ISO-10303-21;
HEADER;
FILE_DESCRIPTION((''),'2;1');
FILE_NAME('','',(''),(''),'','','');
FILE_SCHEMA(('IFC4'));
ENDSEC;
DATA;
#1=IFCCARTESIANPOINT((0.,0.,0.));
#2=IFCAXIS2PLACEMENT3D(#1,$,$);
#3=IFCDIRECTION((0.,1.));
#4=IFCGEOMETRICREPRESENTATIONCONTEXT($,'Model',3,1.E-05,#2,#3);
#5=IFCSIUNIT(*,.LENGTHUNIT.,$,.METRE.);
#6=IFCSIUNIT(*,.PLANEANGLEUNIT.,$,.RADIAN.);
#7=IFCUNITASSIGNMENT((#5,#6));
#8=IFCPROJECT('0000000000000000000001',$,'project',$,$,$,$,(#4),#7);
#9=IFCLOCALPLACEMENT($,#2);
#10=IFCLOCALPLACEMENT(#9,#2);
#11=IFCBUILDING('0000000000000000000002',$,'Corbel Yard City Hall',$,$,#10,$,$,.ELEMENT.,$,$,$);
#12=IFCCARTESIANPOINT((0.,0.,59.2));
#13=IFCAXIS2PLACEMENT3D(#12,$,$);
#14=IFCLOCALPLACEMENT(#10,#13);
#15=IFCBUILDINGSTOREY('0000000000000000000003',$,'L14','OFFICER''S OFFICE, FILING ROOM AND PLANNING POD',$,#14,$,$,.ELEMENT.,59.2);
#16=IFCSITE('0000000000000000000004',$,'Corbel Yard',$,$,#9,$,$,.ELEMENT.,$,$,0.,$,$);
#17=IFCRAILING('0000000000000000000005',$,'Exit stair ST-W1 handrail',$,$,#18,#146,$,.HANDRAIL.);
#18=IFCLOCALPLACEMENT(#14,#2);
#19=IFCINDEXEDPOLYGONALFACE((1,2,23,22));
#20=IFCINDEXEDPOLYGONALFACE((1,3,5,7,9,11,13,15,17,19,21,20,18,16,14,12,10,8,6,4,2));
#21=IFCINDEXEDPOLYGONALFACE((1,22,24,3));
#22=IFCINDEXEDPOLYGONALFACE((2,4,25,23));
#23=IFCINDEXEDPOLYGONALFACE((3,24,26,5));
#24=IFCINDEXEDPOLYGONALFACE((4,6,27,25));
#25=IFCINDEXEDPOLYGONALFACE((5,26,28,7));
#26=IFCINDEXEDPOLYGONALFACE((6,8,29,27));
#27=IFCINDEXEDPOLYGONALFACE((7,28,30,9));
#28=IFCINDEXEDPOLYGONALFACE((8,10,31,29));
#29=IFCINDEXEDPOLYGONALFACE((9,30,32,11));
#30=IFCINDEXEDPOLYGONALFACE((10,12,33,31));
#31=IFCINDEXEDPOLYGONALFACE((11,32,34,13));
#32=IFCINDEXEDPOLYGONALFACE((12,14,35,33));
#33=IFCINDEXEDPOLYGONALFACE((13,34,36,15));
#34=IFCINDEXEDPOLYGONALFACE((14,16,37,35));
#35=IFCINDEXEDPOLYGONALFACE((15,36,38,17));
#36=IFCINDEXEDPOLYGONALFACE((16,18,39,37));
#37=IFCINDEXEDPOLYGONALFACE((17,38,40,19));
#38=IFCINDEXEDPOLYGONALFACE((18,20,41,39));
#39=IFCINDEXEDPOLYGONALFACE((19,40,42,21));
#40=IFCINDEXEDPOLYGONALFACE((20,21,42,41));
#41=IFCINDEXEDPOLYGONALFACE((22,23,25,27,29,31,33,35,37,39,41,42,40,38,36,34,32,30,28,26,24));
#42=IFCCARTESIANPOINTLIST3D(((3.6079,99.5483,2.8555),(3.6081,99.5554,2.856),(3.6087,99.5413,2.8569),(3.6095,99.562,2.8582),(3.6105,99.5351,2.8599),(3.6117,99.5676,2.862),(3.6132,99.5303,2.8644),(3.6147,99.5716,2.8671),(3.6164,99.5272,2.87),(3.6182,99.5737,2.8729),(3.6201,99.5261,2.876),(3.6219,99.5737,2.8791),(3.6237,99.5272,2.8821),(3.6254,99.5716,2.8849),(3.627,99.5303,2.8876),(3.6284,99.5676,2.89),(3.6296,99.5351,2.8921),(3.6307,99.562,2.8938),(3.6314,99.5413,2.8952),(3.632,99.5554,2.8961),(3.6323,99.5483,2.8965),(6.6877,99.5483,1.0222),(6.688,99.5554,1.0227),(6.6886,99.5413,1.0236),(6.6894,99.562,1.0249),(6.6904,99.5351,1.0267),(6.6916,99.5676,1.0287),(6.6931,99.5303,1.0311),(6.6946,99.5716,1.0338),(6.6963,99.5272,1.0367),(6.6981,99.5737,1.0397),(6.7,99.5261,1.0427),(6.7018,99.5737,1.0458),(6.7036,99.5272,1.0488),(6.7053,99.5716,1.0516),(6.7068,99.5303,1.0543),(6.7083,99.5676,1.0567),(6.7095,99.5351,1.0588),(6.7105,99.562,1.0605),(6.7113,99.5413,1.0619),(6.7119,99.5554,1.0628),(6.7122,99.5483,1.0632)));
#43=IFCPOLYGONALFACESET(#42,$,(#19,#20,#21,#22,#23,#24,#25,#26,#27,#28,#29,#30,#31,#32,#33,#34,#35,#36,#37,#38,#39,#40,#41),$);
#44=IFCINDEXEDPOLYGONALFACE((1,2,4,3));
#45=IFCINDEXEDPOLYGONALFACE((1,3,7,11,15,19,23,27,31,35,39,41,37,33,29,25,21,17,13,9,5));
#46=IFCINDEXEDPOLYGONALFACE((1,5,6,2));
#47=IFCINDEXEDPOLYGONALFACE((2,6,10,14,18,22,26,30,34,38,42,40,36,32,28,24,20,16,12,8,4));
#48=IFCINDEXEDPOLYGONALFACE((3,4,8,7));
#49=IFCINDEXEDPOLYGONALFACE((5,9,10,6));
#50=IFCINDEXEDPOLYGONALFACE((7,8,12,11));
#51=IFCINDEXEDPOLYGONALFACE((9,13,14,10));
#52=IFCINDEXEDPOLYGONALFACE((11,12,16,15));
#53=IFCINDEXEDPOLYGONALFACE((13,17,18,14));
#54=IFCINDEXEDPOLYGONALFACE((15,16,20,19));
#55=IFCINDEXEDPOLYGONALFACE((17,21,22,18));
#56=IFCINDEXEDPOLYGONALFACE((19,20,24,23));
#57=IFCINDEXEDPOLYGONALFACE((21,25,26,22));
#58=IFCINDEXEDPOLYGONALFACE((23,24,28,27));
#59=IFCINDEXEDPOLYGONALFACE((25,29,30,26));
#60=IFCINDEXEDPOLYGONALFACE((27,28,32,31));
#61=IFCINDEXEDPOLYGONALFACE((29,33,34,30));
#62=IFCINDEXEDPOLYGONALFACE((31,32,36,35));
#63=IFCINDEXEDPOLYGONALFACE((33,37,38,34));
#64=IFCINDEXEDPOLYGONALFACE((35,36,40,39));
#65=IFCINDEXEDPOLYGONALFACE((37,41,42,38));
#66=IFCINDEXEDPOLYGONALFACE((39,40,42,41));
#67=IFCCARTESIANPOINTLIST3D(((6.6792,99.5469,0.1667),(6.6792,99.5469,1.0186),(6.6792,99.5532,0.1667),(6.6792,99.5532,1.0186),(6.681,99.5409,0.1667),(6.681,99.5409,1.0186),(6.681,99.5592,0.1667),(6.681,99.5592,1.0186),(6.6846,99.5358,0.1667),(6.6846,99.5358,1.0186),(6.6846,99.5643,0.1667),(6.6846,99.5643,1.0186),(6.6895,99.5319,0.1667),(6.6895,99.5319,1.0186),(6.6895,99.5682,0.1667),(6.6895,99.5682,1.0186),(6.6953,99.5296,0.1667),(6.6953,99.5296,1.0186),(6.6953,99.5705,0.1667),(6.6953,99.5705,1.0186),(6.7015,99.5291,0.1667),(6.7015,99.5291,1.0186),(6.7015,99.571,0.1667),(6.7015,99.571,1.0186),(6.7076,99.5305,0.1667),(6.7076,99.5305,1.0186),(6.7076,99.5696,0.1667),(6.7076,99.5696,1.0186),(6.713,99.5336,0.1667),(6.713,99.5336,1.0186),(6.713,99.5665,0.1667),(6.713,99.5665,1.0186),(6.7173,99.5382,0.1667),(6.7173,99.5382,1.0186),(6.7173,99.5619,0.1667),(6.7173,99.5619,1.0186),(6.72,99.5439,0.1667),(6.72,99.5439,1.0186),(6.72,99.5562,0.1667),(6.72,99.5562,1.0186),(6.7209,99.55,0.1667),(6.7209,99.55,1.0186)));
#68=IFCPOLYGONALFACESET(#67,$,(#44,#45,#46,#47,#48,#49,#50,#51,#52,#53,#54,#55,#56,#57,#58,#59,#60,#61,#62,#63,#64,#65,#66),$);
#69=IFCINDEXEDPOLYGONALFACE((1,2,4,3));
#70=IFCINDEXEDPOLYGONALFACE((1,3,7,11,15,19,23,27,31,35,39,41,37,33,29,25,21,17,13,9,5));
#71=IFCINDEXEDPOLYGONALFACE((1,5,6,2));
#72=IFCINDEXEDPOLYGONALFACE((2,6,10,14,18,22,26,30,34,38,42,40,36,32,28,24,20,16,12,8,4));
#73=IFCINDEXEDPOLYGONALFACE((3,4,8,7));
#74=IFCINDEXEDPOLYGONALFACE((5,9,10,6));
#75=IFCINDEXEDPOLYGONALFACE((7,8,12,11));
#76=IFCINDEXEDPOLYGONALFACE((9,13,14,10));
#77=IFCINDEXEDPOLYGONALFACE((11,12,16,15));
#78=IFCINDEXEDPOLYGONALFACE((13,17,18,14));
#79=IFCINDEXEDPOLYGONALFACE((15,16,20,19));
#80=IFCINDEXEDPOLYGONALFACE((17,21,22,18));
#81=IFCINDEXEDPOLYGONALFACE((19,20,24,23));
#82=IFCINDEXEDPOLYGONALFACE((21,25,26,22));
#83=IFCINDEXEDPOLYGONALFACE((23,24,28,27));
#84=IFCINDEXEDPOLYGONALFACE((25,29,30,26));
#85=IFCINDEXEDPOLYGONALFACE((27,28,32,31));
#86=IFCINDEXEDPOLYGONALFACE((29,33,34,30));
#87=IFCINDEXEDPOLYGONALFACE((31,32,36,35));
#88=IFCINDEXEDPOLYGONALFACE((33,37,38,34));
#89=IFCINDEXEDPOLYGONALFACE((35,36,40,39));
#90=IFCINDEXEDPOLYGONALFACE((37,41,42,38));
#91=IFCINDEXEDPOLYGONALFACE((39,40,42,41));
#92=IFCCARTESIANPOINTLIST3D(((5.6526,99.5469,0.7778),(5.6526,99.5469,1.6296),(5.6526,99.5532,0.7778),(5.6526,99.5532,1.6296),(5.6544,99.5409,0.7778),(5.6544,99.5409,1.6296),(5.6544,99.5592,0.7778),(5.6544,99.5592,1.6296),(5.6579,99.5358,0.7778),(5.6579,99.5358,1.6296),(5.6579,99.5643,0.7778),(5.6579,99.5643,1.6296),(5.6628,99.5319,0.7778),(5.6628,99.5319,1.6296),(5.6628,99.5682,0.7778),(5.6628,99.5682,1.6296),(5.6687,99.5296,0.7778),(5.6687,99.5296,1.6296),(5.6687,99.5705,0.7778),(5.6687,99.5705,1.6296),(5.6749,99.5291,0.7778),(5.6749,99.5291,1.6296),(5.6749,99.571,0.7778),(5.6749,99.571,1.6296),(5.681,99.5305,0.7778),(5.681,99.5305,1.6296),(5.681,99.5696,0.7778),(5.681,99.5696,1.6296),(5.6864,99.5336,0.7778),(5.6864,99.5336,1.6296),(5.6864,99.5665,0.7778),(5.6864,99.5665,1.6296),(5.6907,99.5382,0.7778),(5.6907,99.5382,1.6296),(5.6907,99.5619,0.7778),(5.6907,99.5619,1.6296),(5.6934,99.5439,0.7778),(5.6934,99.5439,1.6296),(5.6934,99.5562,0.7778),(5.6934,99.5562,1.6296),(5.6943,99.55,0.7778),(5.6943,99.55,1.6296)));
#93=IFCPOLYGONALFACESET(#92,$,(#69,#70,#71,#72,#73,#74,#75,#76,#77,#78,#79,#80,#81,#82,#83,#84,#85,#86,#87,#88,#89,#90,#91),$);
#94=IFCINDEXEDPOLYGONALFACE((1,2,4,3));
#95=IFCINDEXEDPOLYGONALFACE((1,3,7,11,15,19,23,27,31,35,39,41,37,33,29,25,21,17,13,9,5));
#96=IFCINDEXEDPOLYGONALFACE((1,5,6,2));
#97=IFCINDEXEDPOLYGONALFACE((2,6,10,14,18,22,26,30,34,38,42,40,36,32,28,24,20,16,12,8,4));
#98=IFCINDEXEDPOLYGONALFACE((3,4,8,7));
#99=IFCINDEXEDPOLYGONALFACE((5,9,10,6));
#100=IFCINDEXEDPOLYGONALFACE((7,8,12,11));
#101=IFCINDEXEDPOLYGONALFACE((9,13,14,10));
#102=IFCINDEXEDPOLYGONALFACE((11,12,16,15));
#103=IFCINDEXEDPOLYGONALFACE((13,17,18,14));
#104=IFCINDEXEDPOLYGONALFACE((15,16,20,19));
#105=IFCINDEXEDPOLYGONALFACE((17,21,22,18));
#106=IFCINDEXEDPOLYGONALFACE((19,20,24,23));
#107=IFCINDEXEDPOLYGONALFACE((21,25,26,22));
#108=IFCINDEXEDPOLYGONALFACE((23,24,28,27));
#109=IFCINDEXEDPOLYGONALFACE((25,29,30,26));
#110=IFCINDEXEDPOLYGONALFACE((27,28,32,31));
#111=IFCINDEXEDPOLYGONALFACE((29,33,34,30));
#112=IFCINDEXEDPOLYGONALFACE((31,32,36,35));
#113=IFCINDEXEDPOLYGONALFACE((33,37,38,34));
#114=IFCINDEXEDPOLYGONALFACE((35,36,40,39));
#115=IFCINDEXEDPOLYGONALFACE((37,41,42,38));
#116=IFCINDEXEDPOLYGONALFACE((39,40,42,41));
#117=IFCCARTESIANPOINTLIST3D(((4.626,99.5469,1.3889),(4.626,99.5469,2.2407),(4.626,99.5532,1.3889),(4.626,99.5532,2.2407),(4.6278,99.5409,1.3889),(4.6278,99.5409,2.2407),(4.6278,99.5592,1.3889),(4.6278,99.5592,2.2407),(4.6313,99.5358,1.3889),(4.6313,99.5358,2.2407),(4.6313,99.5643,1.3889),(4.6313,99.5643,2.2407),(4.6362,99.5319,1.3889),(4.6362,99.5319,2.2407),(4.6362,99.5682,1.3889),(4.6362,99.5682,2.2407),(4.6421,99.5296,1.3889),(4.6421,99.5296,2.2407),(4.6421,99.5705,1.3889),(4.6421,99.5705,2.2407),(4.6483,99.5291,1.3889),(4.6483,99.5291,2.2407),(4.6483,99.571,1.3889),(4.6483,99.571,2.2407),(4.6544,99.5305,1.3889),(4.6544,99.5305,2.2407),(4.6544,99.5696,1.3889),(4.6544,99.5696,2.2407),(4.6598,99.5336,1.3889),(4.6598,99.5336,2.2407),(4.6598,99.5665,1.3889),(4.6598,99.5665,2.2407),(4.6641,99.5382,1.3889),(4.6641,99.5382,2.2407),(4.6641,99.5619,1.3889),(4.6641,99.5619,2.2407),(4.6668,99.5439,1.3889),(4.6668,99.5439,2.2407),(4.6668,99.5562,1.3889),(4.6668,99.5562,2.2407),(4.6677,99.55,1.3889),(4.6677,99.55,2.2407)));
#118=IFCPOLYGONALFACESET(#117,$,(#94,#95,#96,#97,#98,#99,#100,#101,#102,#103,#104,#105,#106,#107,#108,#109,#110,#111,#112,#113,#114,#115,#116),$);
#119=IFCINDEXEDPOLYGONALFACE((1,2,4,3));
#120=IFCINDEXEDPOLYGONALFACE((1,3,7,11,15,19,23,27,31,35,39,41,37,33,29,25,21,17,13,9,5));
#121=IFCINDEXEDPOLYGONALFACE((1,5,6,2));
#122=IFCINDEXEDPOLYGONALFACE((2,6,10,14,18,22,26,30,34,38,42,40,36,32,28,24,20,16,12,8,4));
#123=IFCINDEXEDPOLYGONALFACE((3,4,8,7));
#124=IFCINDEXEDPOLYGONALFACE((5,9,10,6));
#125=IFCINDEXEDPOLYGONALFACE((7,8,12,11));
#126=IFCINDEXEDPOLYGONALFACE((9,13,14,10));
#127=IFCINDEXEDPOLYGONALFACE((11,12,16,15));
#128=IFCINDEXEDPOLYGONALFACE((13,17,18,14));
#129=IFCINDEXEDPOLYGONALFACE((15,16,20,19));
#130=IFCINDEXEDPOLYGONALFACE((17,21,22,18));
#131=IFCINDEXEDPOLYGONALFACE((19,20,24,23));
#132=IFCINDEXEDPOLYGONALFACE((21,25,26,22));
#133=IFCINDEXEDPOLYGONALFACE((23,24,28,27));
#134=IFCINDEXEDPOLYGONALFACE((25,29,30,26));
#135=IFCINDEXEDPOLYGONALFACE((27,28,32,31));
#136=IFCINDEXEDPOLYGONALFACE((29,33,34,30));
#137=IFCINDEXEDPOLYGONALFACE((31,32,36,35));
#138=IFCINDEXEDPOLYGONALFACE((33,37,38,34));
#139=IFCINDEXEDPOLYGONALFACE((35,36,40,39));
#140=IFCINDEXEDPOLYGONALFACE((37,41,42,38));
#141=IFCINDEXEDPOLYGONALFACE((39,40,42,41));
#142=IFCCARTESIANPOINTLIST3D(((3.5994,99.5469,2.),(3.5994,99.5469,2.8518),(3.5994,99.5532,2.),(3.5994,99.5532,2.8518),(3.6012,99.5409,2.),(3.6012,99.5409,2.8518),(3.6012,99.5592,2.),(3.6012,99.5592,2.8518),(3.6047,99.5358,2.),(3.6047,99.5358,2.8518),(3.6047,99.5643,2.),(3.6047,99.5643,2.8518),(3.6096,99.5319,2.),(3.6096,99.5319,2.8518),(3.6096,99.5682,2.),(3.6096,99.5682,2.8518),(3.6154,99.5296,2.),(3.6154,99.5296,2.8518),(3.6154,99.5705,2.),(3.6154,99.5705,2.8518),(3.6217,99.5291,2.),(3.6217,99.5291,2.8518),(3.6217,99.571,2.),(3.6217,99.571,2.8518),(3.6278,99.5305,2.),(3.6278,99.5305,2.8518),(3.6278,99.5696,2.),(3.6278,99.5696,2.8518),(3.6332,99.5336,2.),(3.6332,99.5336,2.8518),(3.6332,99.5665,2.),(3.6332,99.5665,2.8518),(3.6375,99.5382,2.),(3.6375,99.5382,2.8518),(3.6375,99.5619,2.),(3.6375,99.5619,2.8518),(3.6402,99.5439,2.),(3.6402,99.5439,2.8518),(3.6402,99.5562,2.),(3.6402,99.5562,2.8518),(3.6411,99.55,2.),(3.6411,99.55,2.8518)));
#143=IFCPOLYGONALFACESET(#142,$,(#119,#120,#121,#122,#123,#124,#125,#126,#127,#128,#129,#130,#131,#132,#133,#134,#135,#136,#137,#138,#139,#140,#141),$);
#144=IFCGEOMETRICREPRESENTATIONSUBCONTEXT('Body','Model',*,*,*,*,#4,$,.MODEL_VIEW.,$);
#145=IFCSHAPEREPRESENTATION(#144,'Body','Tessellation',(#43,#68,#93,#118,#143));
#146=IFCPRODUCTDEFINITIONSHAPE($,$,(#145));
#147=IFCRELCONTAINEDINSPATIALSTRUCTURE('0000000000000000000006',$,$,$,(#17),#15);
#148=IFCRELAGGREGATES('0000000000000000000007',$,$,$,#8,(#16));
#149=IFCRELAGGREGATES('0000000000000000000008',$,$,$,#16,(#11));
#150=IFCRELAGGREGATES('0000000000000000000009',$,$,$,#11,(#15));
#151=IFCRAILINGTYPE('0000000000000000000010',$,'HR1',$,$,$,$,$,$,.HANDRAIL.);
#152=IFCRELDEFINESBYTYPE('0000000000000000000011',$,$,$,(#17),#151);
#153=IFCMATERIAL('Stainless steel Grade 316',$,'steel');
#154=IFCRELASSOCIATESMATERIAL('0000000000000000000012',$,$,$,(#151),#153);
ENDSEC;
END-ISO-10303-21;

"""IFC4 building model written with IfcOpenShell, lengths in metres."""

from ifc_helpers import new_model, si_unit, direction, frame, origin, origin_2d, place, context, subcontext, project, spatial, circle, extrude, material, type_object, element, save


model = new_model("IFC4")

# Units and contexts
model_context = context("Model", 3, precision=1e-05, world=origin(), true_north=direction((0.0, 1.0)))
body_context = subcontext(model_context, "Body", "Model", "MODEL_VIEW")
ifc_project = project(units=[si_unit("LENGTHUNIT", "METRE"), si_unit("PLANEANGLEUNIT", "RADIAN")], contexts=[model_context])

# Site, building, storey
site_placement = place(None, origin())
site = spatial("IfcSite", under=ifc_project, at=site_placement, Name="Corbel Yard", CompositionType="ELEMENT", RefElevation=0.0)
building_placement = place(site_placement, origin())
building = spatial("IfcBuilding", under=site, at=building_placement, Name="Corbel Yard City Hall", CompositionType="ELEMENT")
storey_placement = place(building_placement, frame((0.0, 0.0, 59.2)))
storey = spatial("IfcBuildingStorey", under=building, at=storey_placement, Name="L14", Description="OFFICER'S OFFICE, FILING ROOM AND PLANNING POD", CompositionType="ELEMENT", Elevation=59.2)

# Railing
ifc_material_1 = material(Name="Stainless steel Grade 316", Category="steel")
railing_type = type_object("IfcRailingType", Name="HR1", PredefinedType="HANDRAIL", material=ifc_material_1)
for number, where, name in (
    (1, (6.7, 99.55, 0.1667), "Exit stair ST-W1 handrail"),
):
    element("IfcRailing", number, at=place(storey_placement, frame(where)), inside=storey, type_object=railing_type, Name=name, PredefinedType="HANDRAIL", context=body_context, shape_type="SweptSolid", body=[
        extrude(circle(Radius=0.0239, at=origin_2d()), frame((0.0, 0.0, 0.876), z_axis=(-0.859291, 0.0, 0.511487), x_axis=(0.0, -1.0, 0.0)), (0.0, 0.0, 1.0), 3.5842),
        extrude(circle(Radius=0.021, at=origin_2d()), origin(), (0.0, 0.0, 1.0), 0.8518),
        extrude(circle(Radius=0.021, at=origin_2d()), frame((-1.0266, 0.0, 0.6111)), (0.0, 0.0, 1.0), 0.8518),
        extrude(circle(Radius=0.021, at=origin_2d()), frame((-2.0532, 0.0, 1.2222)), (0.0, 0.0, 1.0), 0.8518),
        extrude(circle(Radius=0.021, at=origin_2d()), frame((-3.0798, 0.0, 1.8333)), (0.0, 0.0, 1.0), 0.8518),
    ])

save(model, "model.ifc")
